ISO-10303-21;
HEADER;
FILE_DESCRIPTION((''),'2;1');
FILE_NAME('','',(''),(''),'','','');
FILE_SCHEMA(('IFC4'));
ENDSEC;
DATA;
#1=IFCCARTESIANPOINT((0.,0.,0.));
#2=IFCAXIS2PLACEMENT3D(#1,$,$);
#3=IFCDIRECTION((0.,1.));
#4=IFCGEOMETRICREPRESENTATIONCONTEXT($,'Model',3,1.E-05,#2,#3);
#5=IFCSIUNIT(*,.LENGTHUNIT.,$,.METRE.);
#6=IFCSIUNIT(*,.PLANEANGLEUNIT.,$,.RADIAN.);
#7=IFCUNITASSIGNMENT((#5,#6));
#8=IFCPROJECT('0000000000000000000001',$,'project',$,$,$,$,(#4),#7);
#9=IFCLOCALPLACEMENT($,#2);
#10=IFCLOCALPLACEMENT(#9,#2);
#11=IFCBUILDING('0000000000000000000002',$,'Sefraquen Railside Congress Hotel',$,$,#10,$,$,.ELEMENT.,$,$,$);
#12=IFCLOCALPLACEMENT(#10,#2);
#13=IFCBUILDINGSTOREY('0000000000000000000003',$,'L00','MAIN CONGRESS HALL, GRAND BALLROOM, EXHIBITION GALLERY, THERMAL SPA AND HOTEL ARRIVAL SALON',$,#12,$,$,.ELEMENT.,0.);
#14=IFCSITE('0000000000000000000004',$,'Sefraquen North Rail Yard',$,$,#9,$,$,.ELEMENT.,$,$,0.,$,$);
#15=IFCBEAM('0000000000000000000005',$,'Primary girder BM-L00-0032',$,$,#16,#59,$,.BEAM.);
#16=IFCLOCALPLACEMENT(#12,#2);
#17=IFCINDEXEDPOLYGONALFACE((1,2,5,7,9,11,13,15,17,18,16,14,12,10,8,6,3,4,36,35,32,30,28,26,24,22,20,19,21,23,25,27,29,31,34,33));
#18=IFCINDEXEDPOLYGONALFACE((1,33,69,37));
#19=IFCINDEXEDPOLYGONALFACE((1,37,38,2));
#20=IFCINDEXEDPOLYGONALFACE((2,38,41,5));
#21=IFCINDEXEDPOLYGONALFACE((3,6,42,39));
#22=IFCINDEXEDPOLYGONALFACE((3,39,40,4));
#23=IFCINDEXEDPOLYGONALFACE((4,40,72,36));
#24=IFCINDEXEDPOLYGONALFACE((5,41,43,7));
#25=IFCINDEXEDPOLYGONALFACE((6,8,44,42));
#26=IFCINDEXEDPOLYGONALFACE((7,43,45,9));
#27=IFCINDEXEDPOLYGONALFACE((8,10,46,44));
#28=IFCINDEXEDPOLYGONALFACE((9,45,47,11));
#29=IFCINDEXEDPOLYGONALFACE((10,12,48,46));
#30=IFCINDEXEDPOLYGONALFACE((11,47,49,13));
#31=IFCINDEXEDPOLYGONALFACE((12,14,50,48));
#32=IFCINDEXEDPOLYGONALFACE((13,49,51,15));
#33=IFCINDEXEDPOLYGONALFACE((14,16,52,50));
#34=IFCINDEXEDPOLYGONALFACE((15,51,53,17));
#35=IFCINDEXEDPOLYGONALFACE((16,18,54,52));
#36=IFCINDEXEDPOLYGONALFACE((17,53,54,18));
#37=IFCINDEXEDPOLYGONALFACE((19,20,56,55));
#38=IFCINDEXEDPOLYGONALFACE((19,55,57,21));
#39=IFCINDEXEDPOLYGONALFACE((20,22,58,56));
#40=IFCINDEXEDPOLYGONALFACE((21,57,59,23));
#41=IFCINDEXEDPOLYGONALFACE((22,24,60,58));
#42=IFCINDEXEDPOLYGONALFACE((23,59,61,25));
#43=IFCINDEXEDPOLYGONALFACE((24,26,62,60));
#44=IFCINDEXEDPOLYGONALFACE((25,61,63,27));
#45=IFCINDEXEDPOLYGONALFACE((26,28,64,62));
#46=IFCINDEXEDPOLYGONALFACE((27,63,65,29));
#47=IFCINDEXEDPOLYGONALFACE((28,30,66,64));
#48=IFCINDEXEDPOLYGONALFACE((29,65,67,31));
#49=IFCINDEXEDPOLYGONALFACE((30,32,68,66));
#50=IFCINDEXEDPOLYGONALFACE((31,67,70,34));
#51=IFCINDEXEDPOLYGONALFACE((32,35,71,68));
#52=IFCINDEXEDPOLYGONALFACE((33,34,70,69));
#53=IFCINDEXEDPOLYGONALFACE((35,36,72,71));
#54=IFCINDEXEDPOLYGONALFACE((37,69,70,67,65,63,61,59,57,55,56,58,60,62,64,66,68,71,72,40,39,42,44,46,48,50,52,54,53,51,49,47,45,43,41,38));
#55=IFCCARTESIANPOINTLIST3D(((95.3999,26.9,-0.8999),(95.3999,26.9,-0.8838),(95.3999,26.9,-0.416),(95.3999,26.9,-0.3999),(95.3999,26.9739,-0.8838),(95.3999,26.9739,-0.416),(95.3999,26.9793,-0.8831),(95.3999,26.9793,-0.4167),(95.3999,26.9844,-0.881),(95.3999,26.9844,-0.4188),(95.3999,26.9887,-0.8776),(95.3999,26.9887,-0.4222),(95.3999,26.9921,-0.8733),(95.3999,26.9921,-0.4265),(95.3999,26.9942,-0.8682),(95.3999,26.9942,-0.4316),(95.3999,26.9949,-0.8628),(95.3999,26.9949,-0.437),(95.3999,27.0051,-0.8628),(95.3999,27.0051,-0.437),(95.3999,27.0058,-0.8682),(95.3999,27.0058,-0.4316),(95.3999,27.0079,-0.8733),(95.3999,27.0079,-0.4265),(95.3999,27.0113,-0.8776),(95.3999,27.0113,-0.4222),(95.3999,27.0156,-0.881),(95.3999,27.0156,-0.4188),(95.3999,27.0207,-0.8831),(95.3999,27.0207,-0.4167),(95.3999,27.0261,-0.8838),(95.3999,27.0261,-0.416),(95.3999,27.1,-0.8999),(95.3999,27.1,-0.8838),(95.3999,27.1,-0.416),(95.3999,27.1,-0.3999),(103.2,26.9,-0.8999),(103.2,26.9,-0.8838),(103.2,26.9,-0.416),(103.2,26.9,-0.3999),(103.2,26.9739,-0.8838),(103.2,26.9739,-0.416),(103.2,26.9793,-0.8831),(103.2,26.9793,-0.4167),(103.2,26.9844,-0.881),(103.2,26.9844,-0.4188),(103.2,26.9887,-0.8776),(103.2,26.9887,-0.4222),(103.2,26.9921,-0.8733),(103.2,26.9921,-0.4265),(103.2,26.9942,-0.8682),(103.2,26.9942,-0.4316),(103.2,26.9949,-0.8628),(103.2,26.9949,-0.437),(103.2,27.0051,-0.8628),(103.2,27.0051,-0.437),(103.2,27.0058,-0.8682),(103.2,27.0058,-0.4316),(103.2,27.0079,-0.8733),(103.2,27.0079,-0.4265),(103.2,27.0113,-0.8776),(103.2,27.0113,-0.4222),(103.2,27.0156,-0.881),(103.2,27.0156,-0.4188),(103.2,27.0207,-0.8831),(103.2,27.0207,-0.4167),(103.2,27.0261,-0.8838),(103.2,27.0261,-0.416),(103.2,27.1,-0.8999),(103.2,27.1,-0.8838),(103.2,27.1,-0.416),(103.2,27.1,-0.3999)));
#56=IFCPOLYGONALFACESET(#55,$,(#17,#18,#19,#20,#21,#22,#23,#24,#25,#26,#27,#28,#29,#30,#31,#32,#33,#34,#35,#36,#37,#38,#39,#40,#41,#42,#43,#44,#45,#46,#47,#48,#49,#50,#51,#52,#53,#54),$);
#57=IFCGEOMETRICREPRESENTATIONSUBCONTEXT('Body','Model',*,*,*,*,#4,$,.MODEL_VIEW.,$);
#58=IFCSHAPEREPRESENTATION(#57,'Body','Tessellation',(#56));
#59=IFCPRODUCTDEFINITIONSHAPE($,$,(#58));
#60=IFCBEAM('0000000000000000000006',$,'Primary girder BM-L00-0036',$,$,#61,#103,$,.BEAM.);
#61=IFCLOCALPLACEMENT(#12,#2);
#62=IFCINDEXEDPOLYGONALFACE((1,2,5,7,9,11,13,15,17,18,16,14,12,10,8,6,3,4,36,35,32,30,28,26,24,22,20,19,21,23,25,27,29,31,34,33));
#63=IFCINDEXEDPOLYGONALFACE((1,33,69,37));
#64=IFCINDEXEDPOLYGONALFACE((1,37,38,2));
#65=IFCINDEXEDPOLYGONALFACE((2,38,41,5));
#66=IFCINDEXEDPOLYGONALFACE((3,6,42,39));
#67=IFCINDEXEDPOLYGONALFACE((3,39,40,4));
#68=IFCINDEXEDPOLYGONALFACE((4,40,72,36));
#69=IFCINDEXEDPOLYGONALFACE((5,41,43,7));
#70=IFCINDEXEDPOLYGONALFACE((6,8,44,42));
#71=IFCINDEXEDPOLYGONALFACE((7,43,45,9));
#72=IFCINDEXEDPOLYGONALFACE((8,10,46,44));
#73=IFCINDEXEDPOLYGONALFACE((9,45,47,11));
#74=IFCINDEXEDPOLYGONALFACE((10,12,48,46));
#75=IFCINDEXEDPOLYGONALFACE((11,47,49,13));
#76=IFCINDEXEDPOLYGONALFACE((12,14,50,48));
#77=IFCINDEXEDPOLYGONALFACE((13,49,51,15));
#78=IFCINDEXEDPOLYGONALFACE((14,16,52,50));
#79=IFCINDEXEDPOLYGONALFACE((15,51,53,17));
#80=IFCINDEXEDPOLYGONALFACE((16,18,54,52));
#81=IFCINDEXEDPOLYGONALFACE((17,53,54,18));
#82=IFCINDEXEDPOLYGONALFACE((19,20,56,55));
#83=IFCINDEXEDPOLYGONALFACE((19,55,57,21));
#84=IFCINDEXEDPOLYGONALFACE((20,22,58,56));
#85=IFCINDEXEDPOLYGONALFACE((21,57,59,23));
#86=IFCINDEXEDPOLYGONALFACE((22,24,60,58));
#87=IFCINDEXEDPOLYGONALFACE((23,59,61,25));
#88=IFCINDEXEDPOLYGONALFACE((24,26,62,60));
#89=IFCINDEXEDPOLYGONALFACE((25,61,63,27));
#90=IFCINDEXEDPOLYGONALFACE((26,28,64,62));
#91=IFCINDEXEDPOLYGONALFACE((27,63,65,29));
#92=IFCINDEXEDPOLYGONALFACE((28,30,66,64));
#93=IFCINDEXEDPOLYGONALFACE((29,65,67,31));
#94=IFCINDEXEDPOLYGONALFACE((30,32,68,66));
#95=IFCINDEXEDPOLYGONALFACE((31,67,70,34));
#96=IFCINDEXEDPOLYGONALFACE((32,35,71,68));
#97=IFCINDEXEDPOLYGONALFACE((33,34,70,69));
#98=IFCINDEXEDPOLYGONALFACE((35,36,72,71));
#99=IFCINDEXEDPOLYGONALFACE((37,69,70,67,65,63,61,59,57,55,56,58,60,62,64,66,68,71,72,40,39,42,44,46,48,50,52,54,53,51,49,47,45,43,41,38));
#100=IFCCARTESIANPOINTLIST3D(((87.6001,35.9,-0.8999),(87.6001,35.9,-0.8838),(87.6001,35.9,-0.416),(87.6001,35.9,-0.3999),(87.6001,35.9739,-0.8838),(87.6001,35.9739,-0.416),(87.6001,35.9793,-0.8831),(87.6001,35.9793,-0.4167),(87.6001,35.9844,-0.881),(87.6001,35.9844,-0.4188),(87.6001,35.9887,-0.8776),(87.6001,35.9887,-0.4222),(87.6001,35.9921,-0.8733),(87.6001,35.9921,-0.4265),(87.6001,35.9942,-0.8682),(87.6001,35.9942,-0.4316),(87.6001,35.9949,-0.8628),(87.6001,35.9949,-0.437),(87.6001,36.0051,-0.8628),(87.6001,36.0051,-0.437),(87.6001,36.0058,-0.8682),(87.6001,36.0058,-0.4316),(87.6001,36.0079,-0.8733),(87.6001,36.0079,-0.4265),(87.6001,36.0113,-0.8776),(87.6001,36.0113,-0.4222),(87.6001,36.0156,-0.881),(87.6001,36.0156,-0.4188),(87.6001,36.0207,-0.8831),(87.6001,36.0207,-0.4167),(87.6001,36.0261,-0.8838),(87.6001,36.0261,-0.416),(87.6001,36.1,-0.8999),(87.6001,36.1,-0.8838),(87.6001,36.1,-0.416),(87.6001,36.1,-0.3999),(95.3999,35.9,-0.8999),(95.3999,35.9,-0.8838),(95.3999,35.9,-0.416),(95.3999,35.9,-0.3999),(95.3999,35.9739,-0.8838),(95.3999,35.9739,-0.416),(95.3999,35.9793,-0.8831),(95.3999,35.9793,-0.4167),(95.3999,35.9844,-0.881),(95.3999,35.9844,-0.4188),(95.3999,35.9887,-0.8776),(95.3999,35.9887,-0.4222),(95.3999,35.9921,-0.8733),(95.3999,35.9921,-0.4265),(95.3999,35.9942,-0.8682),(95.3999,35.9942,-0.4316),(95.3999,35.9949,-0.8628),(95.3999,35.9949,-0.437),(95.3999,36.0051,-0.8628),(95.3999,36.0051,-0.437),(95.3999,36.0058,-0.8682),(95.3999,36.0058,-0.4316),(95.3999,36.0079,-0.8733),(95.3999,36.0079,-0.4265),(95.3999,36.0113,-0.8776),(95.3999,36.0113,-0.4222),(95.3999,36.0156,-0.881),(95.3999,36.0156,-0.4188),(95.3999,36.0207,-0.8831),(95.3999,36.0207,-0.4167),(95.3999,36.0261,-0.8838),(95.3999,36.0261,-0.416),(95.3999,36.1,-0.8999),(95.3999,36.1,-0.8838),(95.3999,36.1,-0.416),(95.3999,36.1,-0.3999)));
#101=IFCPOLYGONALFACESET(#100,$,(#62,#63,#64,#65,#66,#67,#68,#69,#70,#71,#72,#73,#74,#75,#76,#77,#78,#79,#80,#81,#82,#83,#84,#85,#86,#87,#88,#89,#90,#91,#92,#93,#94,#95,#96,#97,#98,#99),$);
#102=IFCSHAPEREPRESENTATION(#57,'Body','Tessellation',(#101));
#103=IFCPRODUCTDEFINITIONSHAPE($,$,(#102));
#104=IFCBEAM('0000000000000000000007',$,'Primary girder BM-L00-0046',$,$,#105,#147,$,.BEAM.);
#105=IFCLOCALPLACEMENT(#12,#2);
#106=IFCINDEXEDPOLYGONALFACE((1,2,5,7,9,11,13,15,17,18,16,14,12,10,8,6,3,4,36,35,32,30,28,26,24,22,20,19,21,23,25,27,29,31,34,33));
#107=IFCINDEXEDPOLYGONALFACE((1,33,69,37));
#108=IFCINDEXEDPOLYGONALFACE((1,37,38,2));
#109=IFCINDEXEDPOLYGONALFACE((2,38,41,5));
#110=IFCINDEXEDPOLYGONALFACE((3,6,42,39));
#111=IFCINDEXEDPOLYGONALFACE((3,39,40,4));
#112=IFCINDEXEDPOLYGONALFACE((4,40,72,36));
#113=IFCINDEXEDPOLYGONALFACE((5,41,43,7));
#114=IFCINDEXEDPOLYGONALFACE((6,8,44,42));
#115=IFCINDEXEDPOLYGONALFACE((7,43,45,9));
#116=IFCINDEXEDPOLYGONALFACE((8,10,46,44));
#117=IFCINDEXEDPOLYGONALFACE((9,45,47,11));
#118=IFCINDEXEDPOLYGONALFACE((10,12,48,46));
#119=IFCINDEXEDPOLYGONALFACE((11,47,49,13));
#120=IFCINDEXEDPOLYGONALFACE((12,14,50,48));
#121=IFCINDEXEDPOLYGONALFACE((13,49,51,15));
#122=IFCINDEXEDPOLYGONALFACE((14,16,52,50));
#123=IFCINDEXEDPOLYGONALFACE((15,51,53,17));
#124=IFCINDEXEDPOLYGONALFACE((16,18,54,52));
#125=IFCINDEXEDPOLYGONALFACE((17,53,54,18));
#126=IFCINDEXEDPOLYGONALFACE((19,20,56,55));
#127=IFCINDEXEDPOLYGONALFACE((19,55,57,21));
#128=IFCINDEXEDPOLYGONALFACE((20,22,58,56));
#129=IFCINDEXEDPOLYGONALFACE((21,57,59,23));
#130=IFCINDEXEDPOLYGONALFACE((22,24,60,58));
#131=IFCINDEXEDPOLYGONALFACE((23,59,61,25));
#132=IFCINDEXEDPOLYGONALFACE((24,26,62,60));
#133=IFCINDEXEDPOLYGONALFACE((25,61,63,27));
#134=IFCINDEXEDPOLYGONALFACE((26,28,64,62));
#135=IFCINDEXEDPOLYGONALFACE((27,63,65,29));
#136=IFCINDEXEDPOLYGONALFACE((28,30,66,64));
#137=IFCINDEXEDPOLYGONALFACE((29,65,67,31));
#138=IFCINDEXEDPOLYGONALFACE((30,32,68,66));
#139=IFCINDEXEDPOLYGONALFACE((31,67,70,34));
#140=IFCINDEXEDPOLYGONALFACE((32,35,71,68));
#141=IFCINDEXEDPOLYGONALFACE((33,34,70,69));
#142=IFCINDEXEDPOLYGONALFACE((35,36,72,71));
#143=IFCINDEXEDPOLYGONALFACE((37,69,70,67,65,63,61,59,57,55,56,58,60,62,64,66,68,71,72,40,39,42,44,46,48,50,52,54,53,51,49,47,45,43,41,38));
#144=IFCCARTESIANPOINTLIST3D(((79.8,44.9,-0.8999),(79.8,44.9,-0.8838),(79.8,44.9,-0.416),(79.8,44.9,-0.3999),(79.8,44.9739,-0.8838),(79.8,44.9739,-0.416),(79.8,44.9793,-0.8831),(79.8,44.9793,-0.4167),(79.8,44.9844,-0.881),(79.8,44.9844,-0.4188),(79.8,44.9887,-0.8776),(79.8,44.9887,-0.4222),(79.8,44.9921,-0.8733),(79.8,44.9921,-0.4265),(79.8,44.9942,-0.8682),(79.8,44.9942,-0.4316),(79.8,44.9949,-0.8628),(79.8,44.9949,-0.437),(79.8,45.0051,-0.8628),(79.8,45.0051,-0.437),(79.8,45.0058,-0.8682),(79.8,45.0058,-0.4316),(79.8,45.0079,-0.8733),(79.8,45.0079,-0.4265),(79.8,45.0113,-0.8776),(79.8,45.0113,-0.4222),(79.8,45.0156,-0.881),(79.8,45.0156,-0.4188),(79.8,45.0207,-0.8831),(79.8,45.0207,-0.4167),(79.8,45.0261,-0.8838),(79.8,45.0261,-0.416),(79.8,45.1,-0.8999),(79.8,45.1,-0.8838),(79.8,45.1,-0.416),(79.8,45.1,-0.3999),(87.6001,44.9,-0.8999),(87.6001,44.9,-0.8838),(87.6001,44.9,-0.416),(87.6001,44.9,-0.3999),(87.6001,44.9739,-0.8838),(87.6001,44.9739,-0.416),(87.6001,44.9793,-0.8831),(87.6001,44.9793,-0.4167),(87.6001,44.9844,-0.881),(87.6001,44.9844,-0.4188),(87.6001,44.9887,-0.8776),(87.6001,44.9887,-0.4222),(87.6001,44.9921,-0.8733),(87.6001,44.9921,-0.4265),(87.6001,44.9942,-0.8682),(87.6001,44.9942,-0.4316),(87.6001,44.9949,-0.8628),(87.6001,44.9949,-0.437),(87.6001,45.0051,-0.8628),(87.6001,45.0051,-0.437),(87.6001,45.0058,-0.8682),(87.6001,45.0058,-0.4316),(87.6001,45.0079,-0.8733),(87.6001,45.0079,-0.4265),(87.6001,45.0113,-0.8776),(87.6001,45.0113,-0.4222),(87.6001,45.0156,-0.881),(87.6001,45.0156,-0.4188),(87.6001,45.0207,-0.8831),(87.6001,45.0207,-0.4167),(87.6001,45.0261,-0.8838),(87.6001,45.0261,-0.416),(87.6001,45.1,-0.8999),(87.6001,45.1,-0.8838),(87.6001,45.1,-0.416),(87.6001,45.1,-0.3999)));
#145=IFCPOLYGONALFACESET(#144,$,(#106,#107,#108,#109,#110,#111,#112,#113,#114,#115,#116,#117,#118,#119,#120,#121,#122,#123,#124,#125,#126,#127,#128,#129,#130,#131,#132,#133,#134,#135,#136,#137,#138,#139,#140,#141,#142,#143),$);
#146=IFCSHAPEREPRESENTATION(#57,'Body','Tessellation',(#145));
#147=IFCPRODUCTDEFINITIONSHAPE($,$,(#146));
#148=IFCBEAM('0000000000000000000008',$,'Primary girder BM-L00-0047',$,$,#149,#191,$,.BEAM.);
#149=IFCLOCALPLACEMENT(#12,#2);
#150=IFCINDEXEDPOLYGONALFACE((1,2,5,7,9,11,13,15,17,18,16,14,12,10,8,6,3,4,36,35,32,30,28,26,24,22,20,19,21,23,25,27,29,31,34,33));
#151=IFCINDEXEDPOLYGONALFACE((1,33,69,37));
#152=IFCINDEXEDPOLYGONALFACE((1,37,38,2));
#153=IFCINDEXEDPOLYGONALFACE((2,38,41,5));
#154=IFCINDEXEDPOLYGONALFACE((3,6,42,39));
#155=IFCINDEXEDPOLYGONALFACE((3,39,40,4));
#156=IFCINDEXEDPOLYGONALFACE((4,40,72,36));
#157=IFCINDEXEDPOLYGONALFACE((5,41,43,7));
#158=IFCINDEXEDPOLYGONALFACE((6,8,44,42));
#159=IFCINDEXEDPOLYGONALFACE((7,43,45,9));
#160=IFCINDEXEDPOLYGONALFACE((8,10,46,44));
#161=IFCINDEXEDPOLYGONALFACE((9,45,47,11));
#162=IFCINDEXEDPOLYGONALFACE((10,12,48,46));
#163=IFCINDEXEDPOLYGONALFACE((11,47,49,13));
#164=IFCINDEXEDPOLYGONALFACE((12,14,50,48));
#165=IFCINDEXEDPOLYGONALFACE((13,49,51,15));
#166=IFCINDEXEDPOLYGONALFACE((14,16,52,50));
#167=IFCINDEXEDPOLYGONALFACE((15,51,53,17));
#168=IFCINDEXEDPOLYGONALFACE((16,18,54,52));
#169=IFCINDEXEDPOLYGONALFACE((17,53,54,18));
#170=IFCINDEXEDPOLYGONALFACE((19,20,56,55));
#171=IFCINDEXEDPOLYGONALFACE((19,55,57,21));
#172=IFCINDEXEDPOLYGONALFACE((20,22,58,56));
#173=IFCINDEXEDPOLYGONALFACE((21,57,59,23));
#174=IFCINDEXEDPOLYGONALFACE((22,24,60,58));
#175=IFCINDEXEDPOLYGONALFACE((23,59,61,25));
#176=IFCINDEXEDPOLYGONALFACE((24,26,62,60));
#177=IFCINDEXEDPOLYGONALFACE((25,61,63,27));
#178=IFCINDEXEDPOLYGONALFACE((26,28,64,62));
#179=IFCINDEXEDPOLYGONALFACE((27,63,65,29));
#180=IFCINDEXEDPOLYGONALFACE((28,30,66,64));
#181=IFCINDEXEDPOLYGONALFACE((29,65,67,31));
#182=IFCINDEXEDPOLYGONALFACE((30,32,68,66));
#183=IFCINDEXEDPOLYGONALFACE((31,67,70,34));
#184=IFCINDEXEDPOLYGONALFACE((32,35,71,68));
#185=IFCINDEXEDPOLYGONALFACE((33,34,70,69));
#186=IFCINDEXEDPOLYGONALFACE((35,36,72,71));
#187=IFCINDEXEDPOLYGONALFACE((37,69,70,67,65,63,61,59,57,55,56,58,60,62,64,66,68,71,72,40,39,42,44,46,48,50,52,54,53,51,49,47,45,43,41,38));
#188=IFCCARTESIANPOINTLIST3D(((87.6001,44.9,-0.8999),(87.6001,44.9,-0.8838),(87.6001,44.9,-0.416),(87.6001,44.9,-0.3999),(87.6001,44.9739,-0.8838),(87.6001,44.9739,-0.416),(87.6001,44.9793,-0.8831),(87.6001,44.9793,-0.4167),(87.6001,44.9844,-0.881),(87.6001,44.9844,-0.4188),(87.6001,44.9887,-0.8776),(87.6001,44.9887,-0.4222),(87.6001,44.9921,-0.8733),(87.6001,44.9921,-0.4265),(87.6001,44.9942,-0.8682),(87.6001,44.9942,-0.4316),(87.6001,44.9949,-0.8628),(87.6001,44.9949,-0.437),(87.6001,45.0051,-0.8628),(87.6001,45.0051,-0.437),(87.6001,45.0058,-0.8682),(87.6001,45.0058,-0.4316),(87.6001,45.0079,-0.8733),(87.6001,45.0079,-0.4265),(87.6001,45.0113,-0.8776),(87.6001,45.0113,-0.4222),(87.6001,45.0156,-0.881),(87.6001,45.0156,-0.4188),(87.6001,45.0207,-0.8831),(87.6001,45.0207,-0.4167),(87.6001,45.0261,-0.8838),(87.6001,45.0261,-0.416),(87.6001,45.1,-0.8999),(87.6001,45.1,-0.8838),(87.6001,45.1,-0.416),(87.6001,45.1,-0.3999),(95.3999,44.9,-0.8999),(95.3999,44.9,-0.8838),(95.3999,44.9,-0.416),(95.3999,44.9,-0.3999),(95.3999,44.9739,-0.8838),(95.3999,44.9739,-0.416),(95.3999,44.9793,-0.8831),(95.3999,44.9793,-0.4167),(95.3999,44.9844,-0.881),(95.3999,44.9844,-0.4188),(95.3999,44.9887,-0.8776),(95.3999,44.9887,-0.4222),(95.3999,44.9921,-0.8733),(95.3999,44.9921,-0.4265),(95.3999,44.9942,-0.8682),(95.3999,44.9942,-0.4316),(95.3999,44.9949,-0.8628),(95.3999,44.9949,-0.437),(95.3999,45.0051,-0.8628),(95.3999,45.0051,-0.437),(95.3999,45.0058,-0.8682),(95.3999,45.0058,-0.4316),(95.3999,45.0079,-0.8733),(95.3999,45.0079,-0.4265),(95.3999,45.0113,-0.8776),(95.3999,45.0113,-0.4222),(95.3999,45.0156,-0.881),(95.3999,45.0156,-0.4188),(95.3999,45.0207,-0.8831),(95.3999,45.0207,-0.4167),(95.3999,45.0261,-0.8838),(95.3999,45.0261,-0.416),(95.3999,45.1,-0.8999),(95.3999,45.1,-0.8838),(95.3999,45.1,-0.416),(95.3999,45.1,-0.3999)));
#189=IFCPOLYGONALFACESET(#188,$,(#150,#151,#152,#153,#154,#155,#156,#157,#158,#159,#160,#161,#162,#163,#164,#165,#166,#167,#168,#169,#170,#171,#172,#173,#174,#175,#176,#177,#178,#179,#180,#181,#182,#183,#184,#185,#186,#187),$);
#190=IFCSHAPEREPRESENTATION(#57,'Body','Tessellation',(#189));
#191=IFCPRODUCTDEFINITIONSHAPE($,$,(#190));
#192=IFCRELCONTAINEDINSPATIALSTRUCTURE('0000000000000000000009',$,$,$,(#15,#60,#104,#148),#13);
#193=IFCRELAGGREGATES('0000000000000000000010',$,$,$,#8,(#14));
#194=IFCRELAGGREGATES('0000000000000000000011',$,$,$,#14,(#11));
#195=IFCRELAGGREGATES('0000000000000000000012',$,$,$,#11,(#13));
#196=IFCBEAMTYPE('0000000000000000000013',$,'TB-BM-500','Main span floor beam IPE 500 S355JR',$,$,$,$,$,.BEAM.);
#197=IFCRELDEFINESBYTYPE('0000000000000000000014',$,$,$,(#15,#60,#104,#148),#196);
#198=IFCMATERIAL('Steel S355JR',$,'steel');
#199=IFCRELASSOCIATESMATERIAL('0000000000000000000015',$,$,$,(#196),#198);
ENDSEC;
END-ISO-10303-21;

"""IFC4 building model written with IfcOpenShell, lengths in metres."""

from ifc_helpers import new_model, si_unit, direction, frame, origin, origin_2d, place, context, subcontext, project, spatial, i_section, extrude, material, material_profile, profile_set, type_object, element, save


model = new_model("IFC4")

# Units and contexts
model_context = context("Model", 3, precision=1e-05, world=origin(), true_north=direction((0.0, 1.0)))
body_context = subcontext(model_context, "Body", "Model", "MODEL_VIEW")
ifc_project = project(units=[si_unit("LENGTHUNIT", "METRE"), si_unit("PLANEANGLEUNIT", "RADIAN")], contexts=[model_context])

# Site, building, storey
site_placement = place(None, origin())
site = spatial("IfcSite", under=ifc_project, at=site_placement, Name="Sefraquen North Rail Yard", CompositionType="ELEMENT", RefElevation=0.0)
building_placement = place(site_placement, origin())
building = spatial("IfcBuilding", under=site, at=building_placement, Name="Sefraquen Railside Congress Hotel", CompositionType="ELEMENT")
storey_placement = place(building_placement, origin())
storey = spatial("IfcBuildingStorey", under=building, at=storey_placement, Name="L00", Description="MAIN CONGRESS HALL, GRAND BALLROOM, EXHIBITION GALLERY, THERMAL SPA AND HOTEL ARRIVAL SALON", CompositionType="ELEMENT", Elevation=0.0)

# Shared definitions
ifc_material_1 = material(Name="Steel S355JR", Category="steel")

# Beams
ifc_material_profile_1 = material_profile(ifc_material_1, i_section(OverallWidth=0.2, OverallDepth=0.5, WebThickness=0.0103, FlangeThickness=0.0161, FilletRadius=0.021, at=origin_2d()), Name="IPE 500")
ifc_profile_set_1 = profile_set([ifc_material_profile_1], Name="Steel S355JR")
beam_type_1 = type_object("IfcBeamType", Name="TB-BM-500", Description="Main span floor beam IPE 500 S355JR", PredefinedType="BEAM", material=ifc_profile_set_1)
beam_1_placement = place(storey_placement, frame((95.3999, 27.0, -0.6499), z_axis=(1.0, 0.0, 0.0), x_axis=(0.0, 1.0, 0.0)))
element("IfcBeam", 1, at=beam_1_placement, inside=storey, type_object=beam_type_1, Name="Primary girder BM-L00-0032", PredefinedType="BEAM", context=body_context, shape_type="SweptSolid", body=[
    extrude(i_section(OverallWidth=0.2, OverallDepth=0.5, WebThickness=0.0103, FlangeThickness=0.0161, FilletRadius=0.021, at=origin_2d()), origin(), (0.0, 0.0, 1.0), 7.8),
])
beam_2_placement = place(storey_placement, frame((87.6001, 36.0, -0.6499), z_axis=(1.0, 0.0, 0.0), x_axis=(0.0, 1.0, 0.0)))
element("IfcBeam", 2, at=beam_2_placement, inside=storey, type_object=beam_type_1, Name="Primary girder BM-L00-0036", PredefinedType="BEAM", context=body_context, shape_type="SweptSolid", body=[
    extrude(i_section(OverallWidth=0.2, OverallDepth=0.5, WebThickness=0.0103, FlangeThickness=0.0161, FilletRadius=0.021, at=origin_2d()), origin(), (0.0, 0.0, 1.0), 7.7998),
])
beam_3_placement = place(storey_placement, frame((79.8, 45.0, -0.6499), z_axis=(1.0, 0.0, 0.0), x_axis=(0.0, 1.0, 0.0)))
element("IfcBeam", 3, at=beam_3_placement, inside=storey, type_object=beam_type_1, Name="Primary girder BM-L00-0046", PredefinedType="BEAM", context=body_context, shape_type="SweptSolid", body=[
    extrude(i_section(OverallWidth=0.2, OverallDepth=0.5, WebThickness=0.0103, FlangeThickness=0.0161, FilletRadius=0.021, at=origin_2d()), origin(), (0.0, 0.0, 1.0), 7.8),
])
beam_4_placement = place(storey_placement, frame((87.6001, 45.0, -0.6499), z_axis=(1.0, 0.0, 0.0), x_axis=(0.0, 1.0, 0.0)))
element("IfcBeam", 4, at=beam_4_placement, inside=storey, type_object=beam_type_1, Name="Primary girder BM-L00-0047", PredefinedType="BEAM", context=body_context, shape_type="SweptSolid", body=[
    extrude(i_section(OverallWidth=0.2, OverallDepth=0.5, WebThickness=0.0103, FlangeThickness=0.0161, FilletRadius=0.021, at=origin_2d()), origin(), (0.0, 0.0, 1.0), 7.7998),
])

save(model, "model.ifc")
